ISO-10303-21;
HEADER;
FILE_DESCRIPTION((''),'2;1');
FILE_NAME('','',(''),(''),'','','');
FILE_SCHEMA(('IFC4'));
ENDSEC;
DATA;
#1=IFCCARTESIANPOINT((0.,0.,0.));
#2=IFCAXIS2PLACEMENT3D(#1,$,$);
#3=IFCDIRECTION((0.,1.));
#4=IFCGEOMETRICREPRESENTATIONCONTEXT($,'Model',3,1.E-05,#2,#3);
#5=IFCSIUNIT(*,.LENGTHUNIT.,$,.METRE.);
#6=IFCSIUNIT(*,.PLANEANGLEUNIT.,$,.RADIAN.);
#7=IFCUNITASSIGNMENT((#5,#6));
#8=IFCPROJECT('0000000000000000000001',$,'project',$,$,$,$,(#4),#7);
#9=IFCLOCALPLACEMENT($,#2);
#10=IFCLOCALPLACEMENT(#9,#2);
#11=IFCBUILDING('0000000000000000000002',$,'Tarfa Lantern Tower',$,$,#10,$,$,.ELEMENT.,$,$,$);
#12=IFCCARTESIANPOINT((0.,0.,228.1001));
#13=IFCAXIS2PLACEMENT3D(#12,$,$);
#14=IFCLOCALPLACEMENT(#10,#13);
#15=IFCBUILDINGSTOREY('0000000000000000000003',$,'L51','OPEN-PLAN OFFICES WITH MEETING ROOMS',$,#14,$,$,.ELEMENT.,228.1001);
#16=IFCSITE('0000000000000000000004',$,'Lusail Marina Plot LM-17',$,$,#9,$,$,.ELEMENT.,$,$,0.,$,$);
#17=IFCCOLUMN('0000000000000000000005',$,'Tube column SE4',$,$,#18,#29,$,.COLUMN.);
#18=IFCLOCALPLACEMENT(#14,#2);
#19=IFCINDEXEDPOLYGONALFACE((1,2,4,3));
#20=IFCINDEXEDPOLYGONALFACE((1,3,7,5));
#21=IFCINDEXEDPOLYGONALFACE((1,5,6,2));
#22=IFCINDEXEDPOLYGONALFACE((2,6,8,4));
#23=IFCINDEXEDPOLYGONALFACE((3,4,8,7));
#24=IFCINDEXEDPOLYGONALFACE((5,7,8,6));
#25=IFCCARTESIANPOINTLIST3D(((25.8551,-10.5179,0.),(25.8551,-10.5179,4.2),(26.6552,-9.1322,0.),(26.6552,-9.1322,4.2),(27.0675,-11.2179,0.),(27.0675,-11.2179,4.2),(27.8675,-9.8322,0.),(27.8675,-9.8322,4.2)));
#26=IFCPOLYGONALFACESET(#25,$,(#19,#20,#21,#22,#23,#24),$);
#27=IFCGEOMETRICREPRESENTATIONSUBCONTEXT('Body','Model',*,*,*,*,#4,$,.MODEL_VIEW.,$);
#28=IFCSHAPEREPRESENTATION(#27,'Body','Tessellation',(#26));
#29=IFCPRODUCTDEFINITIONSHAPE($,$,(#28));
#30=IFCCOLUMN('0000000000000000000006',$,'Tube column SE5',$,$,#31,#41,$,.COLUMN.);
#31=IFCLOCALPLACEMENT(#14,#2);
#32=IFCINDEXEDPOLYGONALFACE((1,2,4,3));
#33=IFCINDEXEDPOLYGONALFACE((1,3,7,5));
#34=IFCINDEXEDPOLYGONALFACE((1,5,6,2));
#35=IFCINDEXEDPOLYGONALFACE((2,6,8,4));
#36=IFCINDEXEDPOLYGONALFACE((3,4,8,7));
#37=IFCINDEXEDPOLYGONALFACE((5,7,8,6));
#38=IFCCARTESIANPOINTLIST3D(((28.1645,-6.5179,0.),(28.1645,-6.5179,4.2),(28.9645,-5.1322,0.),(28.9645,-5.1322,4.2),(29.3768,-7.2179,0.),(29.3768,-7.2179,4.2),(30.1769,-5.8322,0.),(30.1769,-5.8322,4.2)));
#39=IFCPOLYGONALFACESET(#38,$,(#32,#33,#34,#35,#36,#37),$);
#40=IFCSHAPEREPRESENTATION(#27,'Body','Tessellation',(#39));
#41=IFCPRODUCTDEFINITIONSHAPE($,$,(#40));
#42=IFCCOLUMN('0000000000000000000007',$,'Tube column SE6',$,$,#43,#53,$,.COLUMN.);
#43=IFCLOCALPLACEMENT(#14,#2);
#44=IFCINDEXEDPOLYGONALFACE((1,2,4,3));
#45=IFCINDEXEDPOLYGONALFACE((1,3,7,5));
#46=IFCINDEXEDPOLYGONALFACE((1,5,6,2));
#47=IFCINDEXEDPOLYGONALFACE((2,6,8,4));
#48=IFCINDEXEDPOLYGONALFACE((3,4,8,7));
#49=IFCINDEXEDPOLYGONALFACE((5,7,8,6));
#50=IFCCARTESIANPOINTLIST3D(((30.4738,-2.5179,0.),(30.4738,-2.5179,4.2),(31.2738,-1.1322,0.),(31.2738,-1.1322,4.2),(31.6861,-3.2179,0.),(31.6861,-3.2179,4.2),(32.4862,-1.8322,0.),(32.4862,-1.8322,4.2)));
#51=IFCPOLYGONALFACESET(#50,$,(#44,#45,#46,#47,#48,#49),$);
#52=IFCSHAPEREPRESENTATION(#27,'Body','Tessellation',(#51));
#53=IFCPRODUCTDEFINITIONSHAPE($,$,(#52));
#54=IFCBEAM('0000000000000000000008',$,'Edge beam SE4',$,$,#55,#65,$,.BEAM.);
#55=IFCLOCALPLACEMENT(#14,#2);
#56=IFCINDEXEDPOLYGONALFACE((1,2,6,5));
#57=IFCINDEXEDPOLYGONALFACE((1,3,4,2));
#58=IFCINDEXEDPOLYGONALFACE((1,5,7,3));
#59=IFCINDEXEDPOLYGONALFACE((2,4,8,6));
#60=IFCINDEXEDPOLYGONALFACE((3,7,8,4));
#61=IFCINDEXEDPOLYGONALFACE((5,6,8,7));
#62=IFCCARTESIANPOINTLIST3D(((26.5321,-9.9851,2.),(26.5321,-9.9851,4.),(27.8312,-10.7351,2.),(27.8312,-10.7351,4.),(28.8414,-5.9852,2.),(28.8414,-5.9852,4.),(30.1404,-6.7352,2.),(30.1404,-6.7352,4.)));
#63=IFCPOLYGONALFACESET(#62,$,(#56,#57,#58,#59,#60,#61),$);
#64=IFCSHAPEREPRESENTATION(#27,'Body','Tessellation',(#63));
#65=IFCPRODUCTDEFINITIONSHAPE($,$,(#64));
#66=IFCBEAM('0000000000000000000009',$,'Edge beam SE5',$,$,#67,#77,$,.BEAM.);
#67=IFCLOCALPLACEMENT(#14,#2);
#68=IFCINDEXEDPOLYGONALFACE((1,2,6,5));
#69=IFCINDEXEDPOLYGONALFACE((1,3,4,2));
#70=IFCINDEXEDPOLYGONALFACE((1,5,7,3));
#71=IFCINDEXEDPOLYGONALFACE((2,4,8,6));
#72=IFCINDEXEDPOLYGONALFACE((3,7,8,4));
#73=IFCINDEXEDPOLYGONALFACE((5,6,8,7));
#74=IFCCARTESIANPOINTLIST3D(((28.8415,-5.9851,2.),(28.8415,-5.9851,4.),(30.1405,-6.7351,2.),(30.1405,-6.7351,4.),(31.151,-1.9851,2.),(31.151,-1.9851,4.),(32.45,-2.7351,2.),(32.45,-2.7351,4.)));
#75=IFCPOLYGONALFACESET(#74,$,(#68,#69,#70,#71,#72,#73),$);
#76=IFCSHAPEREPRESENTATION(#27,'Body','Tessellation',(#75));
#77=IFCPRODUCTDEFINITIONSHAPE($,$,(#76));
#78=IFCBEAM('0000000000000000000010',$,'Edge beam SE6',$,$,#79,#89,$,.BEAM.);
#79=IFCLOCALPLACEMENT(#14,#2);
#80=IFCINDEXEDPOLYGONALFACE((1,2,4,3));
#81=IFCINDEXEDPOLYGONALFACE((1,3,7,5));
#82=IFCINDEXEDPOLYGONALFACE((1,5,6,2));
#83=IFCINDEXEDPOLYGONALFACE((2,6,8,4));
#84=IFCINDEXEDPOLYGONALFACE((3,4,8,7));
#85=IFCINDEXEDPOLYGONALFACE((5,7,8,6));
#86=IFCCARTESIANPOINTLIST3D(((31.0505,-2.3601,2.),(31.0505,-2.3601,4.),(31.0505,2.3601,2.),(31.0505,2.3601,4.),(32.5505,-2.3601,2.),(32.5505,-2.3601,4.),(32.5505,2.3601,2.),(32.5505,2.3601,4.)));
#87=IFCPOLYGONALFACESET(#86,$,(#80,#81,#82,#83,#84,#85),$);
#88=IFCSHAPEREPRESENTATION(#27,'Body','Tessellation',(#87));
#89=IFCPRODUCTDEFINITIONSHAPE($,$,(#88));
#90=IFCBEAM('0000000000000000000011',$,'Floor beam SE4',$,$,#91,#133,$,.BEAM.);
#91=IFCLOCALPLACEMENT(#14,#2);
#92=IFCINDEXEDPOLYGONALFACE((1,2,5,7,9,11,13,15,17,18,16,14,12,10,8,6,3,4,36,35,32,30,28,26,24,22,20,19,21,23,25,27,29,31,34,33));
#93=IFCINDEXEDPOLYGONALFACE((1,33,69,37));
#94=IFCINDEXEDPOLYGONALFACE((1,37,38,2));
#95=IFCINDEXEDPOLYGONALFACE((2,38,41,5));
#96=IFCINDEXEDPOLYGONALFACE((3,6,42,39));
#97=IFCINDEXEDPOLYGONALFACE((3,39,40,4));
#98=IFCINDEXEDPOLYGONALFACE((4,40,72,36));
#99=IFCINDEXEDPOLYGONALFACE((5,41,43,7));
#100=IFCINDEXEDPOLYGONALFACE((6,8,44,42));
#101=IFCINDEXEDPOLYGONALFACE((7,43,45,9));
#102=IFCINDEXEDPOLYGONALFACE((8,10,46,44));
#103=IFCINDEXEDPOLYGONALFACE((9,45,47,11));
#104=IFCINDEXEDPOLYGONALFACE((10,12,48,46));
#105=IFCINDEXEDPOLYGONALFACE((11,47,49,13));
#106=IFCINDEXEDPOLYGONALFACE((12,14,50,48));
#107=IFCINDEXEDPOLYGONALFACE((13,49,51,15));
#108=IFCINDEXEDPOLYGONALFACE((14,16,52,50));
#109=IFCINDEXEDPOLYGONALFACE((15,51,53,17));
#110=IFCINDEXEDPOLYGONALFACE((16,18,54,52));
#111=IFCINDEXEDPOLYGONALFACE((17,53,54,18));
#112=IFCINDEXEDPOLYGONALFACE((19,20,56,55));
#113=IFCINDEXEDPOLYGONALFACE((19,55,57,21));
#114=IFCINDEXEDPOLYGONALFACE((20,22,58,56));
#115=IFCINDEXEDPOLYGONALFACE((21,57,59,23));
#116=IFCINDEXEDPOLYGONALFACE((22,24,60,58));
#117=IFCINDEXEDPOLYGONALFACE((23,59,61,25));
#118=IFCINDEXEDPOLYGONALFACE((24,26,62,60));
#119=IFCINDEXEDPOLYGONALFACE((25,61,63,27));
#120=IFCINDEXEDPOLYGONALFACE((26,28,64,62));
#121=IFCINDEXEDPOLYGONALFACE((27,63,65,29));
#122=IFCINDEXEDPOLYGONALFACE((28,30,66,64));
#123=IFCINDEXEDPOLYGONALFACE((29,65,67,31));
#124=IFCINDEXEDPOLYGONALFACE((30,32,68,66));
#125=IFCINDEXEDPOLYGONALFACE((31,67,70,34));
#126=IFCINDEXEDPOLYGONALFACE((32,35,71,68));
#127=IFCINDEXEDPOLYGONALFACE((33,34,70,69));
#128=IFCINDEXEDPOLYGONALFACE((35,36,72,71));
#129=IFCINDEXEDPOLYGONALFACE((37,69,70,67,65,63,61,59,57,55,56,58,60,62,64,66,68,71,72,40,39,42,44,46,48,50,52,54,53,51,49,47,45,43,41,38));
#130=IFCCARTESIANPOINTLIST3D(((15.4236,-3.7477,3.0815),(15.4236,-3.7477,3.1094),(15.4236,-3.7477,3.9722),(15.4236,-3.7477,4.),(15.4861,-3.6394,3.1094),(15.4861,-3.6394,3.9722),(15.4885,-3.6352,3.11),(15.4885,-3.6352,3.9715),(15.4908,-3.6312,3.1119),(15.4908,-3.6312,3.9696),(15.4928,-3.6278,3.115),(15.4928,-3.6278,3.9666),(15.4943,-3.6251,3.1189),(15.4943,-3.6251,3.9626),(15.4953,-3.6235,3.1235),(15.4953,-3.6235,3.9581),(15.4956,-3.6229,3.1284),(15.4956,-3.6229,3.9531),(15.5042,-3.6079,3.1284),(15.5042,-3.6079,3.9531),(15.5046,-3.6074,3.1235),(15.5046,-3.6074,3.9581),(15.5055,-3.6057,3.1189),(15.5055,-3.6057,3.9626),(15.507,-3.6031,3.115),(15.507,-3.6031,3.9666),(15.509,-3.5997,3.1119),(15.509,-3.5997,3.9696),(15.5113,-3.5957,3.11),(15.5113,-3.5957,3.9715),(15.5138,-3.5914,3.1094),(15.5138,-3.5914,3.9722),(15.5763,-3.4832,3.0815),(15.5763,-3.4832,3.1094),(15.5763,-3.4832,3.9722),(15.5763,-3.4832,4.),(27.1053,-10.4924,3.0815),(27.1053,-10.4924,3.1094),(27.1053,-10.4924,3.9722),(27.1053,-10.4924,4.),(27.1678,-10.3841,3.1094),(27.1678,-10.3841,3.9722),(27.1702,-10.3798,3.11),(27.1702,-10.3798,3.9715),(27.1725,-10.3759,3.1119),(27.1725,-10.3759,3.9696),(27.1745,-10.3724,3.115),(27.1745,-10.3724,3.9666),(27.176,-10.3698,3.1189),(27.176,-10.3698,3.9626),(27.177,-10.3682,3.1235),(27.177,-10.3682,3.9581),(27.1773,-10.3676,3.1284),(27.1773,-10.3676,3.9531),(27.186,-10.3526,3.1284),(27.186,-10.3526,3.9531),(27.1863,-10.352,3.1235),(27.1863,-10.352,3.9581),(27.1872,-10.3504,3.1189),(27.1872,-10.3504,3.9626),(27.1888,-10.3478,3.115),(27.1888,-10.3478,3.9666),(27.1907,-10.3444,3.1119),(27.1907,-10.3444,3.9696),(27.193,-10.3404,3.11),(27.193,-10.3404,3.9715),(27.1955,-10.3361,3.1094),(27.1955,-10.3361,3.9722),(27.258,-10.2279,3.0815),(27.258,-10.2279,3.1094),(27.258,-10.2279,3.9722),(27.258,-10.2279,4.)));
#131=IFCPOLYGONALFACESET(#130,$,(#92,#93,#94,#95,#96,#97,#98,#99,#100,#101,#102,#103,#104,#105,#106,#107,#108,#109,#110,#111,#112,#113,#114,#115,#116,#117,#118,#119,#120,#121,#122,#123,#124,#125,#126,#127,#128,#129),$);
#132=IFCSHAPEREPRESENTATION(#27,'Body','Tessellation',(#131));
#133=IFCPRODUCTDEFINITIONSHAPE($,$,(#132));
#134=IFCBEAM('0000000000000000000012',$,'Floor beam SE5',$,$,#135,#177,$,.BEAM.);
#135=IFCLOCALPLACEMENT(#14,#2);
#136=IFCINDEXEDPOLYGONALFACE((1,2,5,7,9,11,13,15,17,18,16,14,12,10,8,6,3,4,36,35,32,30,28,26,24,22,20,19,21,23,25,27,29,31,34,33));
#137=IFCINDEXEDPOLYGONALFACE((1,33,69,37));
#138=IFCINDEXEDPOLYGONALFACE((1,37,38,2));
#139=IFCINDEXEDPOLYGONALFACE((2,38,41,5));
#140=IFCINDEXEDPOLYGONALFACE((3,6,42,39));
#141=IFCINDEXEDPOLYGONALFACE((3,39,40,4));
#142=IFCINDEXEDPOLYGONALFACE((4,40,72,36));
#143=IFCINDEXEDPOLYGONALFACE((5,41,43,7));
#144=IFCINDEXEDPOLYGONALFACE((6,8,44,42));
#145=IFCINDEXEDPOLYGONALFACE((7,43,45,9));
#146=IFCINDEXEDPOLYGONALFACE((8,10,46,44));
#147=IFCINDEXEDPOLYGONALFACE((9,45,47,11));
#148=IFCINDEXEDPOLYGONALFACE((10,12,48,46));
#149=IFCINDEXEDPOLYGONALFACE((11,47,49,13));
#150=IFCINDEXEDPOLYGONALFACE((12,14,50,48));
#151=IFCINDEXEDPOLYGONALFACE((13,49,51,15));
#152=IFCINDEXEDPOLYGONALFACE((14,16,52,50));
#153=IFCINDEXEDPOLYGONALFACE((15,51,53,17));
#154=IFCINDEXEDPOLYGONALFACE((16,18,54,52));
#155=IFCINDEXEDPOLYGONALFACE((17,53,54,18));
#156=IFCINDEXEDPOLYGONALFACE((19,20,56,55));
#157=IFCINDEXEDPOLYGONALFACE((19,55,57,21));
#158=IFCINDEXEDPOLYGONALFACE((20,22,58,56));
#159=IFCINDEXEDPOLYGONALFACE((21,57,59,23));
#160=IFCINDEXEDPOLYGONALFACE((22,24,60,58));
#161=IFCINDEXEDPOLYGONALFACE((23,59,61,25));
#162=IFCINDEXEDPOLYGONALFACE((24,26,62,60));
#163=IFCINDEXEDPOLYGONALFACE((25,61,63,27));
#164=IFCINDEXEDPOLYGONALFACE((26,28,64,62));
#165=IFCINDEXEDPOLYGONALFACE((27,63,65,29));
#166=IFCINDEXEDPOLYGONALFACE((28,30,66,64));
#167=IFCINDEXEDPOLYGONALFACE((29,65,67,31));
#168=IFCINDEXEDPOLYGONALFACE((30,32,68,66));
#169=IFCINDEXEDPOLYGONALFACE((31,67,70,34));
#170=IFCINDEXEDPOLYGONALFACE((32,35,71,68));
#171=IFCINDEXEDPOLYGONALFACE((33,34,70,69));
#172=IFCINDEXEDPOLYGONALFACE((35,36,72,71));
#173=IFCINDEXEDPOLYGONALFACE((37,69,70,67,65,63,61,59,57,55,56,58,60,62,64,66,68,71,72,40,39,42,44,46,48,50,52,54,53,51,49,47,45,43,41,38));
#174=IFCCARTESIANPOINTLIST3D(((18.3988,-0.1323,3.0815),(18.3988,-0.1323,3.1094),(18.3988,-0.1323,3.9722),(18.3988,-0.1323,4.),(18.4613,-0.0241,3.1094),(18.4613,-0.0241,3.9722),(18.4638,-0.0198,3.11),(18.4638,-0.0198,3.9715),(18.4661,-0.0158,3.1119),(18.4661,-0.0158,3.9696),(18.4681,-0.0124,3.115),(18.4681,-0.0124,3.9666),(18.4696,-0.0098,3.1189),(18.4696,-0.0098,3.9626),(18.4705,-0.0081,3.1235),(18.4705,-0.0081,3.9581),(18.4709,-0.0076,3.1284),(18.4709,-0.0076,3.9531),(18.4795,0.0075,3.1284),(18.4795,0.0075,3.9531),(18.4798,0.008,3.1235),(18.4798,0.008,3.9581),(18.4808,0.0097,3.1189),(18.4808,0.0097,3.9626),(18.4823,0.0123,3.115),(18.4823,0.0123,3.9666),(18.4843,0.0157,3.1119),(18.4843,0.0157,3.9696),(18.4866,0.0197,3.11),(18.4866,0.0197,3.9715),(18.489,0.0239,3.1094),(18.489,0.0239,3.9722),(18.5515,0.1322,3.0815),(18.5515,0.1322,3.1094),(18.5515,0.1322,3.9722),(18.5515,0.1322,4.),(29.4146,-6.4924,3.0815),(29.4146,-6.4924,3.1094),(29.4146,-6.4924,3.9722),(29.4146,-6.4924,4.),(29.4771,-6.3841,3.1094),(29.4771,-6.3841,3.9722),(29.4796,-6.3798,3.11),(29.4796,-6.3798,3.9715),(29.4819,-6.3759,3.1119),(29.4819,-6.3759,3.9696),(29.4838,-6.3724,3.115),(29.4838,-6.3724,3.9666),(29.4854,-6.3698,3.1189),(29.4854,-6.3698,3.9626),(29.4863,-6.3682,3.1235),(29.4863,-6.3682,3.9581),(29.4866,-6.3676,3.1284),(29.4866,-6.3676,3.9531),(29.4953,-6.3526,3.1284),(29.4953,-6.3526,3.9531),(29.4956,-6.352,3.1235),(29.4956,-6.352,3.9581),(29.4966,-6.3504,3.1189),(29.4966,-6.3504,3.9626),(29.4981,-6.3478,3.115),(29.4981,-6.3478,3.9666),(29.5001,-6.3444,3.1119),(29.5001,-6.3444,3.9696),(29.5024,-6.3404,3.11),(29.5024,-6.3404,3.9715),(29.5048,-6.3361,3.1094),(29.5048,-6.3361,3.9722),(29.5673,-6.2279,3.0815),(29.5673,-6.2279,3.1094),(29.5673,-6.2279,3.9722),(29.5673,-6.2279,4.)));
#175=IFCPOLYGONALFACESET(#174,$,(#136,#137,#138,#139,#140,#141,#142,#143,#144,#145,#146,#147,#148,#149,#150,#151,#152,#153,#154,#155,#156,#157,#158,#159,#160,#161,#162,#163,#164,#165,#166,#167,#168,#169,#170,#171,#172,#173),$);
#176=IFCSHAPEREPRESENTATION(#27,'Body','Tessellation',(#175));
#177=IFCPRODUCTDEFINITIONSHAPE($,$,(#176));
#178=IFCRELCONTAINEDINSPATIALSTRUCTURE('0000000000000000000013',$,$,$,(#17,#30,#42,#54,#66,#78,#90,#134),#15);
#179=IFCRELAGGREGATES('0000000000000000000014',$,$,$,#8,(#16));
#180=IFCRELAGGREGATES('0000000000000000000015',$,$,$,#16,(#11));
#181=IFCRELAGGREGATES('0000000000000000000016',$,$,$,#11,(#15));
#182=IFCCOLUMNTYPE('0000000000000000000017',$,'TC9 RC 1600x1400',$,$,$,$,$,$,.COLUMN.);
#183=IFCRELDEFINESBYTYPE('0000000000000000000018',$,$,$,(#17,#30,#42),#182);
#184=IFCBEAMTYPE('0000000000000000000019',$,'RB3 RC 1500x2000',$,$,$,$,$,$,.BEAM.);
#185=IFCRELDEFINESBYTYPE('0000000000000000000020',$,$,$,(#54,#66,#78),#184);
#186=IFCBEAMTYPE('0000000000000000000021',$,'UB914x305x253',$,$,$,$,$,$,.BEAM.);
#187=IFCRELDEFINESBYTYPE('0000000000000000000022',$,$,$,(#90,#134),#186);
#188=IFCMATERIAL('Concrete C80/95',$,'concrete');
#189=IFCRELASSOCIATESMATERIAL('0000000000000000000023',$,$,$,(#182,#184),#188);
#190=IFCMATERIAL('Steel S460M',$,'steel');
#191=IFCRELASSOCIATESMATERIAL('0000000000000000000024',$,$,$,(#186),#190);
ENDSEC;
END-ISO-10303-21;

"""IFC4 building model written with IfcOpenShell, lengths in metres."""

from ifc_helpers import new_model, si_unit, direction, frame, origin, origin_2d, place, context, subcontext, project, spatial, rectangle, i_section, extrude, material, material_profile, profile_set, type_object, element, save


model = new_model("IFC4")

# Units and contexts
model_context = context("Model", 3, precision=1e-05, world=origin(), true_north=direction((0.0, 1.0)))
body_context = subcontext(model_context, "Body", "Model", "MODEL_VIEW")
ifc_project = project(units=[si_unit("LENGTHUNIT", "METRE"), si_unit("PLANEANGLEUNIT", "RADIAN")], contexts=[model_context])

# Site, building, storey
site_placement = place(None, origin())
site = spatial("IfcSite", under=ifc_project, at=site_placement, Name="Lusail Marina Plot LM-17", CompositionType="ELEMENT", RefElevation=0.0)
building_placement = place(site_placement, origin())
building = spatial("IfcBuilding", under=site, at=building_placement, Name="Tarfa Lantern Tower", CompositionType="ELEMENT")
storey_placement = place(building_placement, frame((0.0, 0.0, 228.1001)))
storey = spatial("IfcBuildingStorey", under=building, at=storey_placement, Name="L51", Description="OPEN-PLAN OFFICES WITH MEETING ROOMS", CompositionType="ELEMENT", Elevation=228.1001)

# Columns
ifc_material_1 = material(Name="Concrete C80/95", Category="concrete")
ifc_material_profile_1 = material_profile(ifc_material_1, rectangle(XDim=1.6001, YDim=1.3999, at=origin_2d()), Name="RC 1600x1400")
ifc_profile_set_1 = profile_set([ifc_material_profile_1], Name="Concrete C80/95")
column_type = type_object("IfcColumnType", Name="TC9 RC 1600x1400", PredefinedType="COLUMN", material=ifc_profile_set_1)
for number, where, z_axis, x_axis, name in (
    (1, (26.8613, -10.175, 0.0), (0.0, 0.0, 1.0), (0.5, 0.866025, 0.0), "Tube column SE4"),
    (2, (29.1707, -6.175, 0.0), (0.0, 0.0, 1.0), (0.5, 0.866025, 0.0), "Tube column SE5"),
    (3, (31.48, -2.175, 0.0), (0.0, 0.0, 1.0), (0.5, 0.866025, 0.0), "Tube column SE6"),
):
    element("IfcColumn", number, at=place(storey_placement, frame(where, z_axis=z_axis, x_axis=x_axis)), inside=storey, type_object=column_type, Name=name, PredefinedType="COLUMN", context=body_context, shape_type="SweptSolid", body=[
        extrude(rectangle(XDim=1.6001, YDim=1.3999, at=origin_2d()), origin(), (0.0, 0.0, 1.0), 4.2),
    ])

# Beams
ifc_material_profile_2 = material_profile(ifc_material_1, rectangle(XDim=1.5, YDim=2.0, at=origin_2d()), Name="RC 1500x2000")
ifc_profile_set_2 = profile_set([ifc_material_profile_2], Name="Concrete C80/95")
beam_type_1 = type_object("IfcBeamType", Name="RB3 RC 1500x2000", PredefinedType="BEAM", material=ifc_profile_set_2)
beam_1_placement = place(storey_placement, frame((27.1816, -10.3601, 3.0), z_axis=(0.499988, 0.866032, 0.0), x_axis=(-0.866032, 0.499988, 0.0)))
element("IfcBeam", 4, at=beam_1_placement, inside=storey, type_object=beam_type_1, Name="Edge beam SE4", PredefinedType="BEAM", context=body_context, shape_type="SweptSolid", body=[
    extrude(rectangle(XDim=1.5, YDim=2.0, at=origin_2d()), origin(), (0.0, 0.0, 1.0), 4.6187),
])
beam_2_placement = place(storey_placement, frame((29.491, -6.3601, 3.0), z_axis=(0.500027, 0.86601, 0.0), x_axis=(-0.86601, 0.500027, 0.0)))
element("IfcBeam", 5, at=beam_2_placement, inside=storey, type_object=beam_type_1, Name="Edge beam SE5", PredefinedType="BEAM", context=body_context, shape_type="SweptSolid", body=[
    extrude(rectangle(XDim=1.5, YDim=2.0, at=origin_2d()), origin(), (0.0, 0.0, 1.0), 4.6189),
])
beam_3_placement = place(storey_placement, frame((31.8005, -2.3601, 3.0), z_axis=(0.0, 1.0, 0.0), x_axis=(-1.0, 0.0, 0.0)))
element("IfcBeam", 6, at=beam_3_placement, inside=storey, type_object=beam_type_1, Name="Edge beam SE6", PredefinedType="BEAM", context=body_context, shape_type="SweptSolid", body=[
    extrude(rectangle(XDim=1.5, YDim=2.0, at=origin_2d()), origin(), (0.0, 0.0, 1.0), 4.7202),
])
ifc_material_2 = material(Name="Steel S460M", Category="steel")
ifc_material_profile_3 = material_profile(ifc_material_2, i_section(OverallWidth=0.3054, OverallDepth=0.9185, WebThickness=0.0173, FlangeThickness=0.0278, FilletRadius=0.019, at=origin_2d()), Name="UB914x305x253")
ifc_profile_set_3 = profile_set([ifc_material_profile_3], Name="Steel S460M")
beam_type_2 = type_object("IfcBeamType", Name="UB914x305x253", PredefinedType="BEAM", material=ifc_profile_set_3)
beam_4_placement = place(storey_placement, frame((27.1816, -10.3601, 3.5408), z_axis=(-0.866018, 0.500013, 0.0), x_axis=(-0.500013, -0.866018, 0.0)))
element("IfcBeam", 7, at=beam_4_placement, inside=storey, type_object=beam_type_2, Name="Floor beam SE4", PredefinedType="BEAM", context=body_context, shape_type="SweptSolid", body=[
    extrude(i_section(OverallWidth=0.3054, OverallDepth=0.9185, WebThickness=0.0173, FlangeThickness=0.0278, FilletRadius=0.019, at=origin_2d()), origin(), (0.0, 0.0, 1.0), 13.489),
])
beam_5_placement = place(storey_placement, frame((29.491, -6.3601, 3.5408), z_axis=(-0.866022, 0.500005, 0.0), x_axis=(-0.500005, -0.866022, 0.0)))
element("IfcBeam", 8, at=beam_5_placement, inside=storey, type_object=beam_type_2, Name="Floor beam SE5", PredefinedType="BEAM", context=body_context, shape_type="SweptSolid", body=[
    extrude(i_section(OverallWidth=0.3054, OverallDepth=0.9185, WebThickness=0.0173, FlangeThickness=0.0278, FilletRadius=0.019, at=origin_2d()), origin(), (0.0, 0.0, 1.0), 12.72),
])

save(model, "model.ifc")
